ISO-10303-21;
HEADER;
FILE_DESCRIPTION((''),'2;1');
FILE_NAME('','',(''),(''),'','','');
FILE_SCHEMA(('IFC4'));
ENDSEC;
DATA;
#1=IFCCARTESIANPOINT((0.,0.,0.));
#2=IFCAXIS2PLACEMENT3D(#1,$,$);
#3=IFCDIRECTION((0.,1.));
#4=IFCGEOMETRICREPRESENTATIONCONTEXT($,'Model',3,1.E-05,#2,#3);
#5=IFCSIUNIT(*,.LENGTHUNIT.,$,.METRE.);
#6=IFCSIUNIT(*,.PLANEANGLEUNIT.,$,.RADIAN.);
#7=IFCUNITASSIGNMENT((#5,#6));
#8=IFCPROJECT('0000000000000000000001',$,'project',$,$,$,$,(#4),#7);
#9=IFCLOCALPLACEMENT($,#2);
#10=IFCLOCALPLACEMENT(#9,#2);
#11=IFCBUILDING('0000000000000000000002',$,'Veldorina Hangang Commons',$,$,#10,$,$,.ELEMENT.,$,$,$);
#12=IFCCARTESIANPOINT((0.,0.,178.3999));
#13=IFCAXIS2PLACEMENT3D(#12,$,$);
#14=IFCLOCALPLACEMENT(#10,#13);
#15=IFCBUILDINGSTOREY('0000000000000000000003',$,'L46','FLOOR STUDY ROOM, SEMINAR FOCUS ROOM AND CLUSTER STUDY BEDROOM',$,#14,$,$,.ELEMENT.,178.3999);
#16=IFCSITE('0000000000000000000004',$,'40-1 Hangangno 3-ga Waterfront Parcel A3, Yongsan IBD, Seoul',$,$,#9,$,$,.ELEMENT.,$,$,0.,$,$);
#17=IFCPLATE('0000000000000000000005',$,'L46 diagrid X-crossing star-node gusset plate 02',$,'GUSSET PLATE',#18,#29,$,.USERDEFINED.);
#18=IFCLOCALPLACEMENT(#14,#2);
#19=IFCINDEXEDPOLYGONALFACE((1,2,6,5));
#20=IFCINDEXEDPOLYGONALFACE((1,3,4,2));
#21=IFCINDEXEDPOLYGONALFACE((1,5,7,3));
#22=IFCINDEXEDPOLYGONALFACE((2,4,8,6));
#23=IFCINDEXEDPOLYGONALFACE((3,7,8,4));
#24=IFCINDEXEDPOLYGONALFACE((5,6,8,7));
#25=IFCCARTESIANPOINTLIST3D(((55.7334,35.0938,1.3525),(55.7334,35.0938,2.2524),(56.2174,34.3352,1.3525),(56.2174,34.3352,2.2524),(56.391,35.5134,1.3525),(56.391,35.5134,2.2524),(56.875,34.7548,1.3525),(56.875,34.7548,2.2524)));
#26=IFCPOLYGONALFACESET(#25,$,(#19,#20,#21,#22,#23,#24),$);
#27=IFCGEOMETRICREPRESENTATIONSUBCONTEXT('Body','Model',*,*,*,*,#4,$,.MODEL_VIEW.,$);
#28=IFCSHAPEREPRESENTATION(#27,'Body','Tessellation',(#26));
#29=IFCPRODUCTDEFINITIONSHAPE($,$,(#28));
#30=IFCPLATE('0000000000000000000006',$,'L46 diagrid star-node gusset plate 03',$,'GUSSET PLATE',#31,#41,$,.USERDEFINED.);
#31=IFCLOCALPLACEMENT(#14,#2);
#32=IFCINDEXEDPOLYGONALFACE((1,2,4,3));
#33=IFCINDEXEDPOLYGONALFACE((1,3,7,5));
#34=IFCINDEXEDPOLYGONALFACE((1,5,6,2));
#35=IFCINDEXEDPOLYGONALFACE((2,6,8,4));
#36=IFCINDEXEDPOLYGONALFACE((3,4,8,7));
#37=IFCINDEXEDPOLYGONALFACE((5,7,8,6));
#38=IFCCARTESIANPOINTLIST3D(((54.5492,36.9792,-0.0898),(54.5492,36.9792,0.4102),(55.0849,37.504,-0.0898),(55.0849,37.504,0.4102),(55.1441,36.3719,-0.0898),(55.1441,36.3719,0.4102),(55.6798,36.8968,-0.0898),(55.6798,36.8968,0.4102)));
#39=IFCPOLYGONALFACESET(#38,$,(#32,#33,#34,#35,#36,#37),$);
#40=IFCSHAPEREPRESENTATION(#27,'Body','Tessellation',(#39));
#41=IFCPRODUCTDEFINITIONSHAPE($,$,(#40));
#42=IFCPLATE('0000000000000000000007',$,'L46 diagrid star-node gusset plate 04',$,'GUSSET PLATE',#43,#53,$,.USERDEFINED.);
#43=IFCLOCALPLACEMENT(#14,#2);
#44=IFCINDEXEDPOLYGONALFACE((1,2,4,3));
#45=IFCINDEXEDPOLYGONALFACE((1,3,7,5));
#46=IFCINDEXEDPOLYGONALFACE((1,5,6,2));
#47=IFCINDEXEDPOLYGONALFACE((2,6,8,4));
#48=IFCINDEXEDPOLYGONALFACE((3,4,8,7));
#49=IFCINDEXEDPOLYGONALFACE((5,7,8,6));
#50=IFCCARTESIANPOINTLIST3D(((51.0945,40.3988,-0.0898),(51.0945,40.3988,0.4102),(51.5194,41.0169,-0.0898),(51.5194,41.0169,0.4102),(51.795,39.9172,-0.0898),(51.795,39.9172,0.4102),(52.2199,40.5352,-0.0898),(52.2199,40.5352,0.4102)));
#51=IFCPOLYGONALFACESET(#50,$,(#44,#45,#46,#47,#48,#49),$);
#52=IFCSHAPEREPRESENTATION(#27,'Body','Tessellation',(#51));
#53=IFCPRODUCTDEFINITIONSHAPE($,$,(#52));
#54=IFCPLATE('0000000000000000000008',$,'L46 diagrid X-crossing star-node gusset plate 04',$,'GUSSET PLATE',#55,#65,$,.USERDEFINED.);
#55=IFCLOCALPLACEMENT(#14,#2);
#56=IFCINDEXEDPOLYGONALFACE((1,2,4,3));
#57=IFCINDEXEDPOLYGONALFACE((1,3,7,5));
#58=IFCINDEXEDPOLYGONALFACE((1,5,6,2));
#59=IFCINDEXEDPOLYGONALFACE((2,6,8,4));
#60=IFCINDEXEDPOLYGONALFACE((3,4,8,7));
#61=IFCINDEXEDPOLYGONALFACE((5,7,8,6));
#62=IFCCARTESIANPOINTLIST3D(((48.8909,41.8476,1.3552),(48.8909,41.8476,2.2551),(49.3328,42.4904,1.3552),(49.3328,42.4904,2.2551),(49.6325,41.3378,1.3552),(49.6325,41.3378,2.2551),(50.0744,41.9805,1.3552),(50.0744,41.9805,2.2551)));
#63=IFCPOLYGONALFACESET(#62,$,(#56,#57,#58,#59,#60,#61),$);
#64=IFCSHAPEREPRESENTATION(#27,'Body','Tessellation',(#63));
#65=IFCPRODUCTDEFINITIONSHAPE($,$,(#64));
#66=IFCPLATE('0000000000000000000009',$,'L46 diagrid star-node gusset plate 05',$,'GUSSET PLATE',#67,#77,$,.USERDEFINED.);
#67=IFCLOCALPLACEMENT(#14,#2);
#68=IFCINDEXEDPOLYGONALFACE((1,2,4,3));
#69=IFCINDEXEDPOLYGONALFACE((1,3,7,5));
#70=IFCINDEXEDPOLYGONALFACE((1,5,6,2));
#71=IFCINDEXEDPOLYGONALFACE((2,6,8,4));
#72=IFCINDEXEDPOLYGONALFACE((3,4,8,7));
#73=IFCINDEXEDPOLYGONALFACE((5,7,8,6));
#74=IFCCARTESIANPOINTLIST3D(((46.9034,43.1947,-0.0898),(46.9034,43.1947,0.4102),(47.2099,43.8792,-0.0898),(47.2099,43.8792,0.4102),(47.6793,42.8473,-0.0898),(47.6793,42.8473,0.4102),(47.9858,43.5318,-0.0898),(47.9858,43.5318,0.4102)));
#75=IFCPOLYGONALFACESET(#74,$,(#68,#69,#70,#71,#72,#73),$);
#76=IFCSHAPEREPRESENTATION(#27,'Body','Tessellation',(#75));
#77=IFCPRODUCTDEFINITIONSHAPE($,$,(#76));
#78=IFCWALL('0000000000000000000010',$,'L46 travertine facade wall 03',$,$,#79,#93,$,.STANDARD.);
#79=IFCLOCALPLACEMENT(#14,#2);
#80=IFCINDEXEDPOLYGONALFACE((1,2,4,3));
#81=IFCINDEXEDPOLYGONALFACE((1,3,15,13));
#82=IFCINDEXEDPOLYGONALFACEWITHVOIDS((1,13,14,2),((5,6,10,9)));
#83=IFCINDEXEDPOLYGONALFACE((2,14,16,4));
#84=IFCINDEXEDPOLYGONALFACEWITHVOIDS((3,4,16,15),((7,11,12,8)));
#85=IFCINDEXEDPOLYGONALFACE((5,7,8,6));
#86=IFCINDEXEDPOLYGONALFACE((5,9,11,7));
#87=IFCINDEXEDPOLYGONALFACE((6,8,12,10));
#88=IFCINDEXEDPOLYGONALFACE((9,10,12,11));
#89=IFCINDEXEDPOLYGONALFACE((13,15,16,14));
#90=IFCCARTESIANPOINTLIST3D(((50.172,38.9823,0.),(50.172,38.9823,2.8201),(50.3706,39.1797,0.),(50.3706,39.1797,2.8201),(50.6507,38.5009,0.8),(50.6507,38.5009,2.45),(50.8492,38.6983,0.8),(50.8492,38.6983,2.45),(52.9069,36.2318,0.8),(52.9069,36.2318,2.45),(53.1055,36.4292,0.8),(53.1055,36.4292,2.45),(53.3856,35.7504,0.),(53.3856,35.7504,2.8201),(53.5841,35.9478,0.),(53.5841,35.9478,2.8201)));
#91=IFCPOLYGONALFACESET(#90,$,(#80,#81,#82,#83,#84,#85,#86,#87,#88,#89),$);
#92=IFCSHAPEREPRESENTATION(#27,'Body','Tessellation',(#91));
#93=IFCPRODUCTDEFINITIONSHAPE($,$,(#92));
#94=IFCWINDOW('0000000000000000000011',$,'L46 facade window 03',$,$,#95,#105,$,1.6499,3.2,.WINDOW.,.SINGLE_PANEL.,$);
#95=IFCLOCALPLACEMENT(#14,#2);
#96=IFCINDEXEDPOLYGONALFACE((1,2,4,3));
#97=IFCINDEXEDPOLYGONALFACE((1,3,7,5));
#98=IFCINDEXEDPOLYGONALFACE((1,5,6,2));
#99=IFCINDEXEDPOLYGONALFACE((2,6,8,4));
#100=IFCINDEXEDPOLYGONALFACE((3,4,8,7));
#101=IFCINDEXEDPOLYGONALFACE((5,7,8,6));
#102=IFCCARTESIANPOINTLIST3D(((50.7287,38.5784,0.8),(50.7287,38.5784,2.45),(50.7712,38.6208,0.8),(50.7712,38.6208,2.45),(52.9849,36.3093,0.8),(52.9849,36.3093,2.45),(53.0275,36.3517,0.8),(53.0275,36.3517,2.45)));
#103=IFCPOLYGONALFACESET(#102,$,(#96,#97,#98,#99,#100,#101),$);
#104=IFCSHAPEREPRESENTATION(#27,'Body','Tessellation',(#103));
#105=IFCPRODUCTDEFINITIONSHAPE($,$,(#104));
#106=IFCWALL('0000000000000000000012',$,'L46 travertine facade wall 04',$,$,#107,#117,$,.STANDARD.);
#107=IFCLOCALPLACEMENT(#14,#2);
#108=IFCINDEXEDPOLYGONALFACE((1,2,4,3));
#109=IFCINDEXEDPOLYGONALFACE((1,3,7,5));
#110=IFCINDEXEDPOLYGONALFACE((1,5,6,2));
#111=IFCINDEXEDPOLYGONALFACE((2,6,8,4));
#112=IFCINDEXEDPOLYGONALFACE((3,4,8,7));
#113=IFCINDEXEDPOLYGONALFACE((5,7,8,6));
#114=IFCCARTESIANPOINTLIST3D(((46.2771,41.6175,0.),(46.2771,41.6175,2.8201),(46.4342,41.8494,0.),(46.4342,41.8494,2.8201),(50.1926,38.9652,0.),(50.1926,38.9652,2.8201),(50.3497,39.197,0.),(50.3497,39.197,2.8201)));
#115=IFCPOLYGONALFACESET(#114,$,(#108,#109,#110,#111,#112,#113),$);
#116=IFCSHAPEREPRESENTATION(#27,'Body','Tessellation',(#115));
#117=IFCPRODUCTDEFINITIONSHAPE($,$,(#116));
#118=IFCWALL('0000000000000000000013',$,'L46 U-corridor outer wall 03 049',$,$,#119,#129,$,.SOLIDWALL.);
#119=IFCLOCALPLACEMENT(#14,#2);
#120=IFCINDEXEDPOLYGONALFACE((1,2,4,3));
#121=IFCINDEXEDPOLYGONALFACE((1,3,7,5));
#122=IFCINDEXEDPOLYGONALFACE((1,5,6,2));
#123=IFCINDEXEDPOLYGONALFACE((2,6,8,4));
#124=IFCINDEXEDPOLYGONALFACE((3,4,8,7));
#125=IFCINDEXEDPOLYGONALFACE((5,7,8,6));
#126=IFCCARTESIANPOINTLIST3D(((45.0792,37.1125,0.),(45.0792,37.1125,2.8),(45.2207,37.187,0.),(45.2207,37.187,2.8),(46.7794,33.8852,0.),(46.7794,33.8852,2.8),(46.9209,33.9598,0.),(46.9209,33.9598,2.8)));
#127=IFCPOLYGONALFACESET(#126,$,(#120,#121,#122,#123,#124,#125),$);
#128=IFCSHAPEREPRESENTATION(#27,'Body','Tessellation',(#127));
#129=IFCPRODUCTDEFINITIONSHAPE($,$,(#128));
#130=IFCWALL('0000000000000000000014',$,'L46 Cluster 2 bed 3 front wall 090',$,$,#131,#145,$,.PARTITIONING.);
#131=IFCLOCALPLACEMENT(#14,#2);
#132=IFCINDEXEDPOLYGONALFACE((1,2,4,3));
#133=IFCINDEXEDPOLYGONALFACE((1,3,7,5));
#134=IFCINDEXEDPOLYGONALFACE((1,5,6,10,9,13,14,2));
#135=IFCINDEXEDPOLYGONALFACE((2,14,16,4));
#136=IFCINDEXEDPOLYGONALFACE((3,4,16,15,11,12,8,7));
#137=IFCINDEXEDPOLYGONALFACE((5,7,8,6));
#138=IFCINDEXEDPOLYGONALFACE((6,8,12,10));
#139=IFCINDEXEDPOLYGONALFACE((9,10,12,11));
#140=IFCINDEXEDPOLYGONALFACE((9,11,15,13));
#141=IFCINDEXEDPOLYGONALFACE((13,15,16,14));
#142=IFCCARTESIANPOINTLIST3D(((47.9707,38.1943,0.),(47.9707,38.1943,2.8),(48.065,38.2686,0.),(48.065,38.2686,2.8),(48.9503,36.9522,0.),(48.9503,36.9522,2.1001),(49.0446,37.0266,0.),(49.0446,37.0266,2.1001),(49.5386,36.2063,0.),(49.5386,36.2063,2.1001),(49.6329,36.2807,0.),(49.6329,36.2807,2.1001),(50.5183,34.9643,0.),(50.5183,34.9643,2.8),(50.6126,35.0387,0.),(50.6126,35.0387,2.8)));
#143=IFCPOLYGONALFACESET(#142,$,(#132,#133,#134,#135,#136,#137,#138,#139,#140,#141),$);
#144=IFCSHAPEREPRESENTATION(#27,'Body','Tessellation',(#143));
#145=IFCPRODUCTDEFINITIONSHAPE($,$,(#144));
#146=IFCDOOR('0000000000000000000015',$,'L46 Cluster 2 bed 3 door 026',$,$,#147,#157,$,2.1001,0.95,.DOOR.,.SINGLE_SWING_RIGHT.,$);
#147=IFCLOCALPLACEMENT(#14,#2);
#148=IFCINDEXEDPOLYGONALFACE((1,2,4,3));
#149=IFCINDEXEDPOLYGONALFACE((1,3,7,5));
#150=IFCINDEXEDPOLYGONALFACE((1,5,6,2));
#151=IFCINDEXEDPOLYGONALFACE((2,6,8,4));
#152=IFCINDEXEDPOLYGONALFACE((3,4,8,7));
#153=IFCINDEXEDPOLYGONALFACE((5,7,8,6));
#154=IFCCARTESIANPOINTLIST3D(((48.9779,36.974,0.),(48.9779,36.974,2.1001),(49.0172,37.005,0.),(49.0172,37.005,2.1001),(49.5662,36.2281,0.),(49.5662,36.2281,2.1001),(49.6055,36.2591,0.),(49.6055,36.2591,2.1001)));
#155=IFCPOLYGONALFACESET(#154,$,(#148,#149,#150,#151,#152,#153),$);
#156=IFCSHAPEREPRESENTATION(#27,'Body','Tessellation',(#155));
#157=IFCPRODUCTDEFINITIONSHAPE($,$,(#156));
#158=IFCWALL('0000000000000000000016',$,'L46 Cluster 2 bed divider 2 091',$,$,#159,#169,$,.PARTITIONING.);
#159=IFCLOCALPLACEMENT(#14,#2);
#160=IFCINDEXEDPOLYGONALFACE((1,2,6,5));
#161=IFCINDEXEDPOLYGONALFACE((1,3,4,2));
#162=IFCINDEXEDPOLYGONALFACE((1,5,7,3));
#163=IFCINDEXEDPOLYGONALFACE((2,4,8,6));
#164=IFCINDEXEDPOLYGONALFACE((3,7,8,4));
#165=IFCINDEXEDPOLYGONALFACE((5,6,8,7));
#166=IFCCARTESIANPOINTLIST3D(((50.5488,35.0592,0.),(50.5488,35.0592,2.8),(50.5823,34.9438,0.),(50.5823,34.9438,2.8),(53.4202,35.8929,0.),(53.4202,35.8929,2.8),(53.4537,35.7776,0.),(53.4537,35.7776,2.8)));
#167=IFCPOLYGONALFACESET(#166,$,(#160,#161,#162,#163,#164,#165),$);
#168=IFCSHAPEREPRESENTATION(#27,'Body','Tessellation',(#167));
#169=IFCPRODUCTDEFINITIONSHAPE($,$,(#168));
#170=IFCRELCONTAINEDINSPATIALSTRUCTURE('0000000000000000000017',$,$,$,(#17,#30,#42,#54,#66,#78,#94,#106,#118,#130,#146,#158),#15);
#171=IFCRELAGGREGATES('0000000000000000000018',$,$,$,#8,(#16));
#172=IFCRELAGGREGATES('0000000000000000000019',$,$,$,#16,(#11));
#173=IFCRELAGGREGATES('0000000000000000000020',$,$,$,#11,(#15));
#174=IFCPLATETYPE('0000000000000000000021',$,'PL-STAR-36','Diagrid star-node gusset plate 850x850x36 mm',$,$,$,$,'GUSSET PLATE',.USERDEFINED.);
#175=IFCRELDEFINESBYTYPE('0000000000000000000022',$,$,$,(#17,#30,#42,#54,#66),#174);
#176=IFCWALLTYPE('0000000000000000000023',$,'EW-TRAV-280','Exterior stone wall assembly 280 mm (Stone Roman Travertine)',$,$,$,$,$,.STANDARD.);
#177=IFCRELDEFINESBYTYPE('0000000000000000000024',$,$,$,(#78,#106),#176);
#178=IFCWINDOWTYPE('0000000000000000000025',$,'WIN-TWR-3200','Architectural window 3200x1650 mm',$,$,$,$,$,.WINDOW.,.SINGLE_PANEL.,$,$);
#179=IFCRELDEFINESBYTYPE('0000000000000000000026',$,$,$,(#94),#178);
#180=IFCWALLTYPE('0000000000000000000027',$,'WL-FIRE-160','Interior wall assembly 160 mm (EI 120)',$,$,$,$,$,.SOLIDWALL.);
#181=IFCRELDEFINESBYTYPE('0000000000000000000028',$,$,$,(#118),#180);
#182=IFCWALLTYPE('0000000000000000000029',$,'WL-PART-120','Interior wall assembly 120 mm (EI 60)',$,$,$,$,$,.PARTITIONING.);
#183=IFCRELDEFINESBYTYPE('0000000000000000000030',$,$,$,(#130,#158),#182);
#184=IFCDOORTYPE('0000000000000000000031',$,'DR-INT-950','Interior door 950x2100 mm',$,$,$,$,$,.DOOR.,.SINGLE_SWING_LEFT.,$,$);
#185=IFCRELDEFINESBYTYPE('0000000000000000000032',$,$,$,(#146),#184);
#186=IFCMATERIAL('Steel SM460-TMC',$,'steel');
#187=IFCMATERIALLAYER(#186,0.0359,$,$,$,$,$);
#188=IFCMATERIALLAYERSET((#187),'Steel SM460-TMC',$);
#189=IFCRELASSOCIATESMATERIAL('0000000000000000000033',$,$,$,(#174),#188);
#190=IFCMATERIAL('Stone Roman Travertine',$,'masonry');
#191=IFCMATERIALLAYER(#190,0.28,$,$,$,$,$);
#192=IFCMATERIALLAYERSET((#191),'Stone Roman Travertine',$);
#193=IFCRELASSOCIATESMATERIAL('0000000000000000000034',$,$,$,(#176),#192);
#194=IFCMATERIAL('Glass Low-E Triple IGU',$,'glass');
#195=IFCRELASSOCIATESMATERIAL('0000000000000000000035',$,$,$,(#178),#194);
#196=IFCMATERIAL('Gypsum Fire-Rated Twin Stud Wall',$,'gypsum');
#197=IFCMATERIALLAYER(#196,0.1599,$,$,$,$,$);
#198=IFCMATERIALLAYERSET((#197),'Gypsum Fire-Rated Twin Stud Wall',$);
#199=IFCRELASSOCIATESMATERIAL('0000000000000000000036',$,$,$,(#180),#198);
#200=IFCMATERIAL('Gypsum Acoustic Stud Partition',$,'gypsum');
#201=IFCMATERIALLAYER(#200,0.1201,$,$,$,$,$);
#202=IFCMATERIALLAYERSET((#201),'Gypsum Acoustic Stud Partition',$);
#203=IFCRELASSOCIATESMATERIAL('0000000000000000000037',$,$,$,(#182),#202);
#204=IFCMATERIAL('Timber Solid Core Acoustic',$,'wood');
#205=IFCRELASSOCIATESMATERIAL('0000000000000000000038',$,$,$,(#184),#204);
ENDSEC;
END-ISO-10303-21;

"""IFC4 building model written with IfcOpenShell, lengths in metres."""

from ifc_helpers import new_model, si_unit, direction, frame, frame_2d, origin, origin_2d, place, context, subcontext, project, spatial, rectangle, extrude, material, layer, layer_set, type_object, element, fill, save


model = new_model("IFC4")

# Units and contexts
model_context = context("Model", 3, precision=1e-05, world=origin(), true_north=direction((0.0, 1.0)))
body_context = subcontext(model_context, "Body", "Model", "MODEL_VIEW")
ifc_project = project(units=[si_unit("LENGTHUNIT", "METRE"), si_unit("PLANEANGLEUNIT", "RADIAN")], contexts=[model_context])

# Site, building, storey
site_placement = place(None, origin())
site = spatial("IfcSite", under=ifc_project, at=site_placement, Name="40-1 Hangangno 3-ga Waterfront Parcel A3, Yongsan IBD, Seoul", CompositionType="ELEMENT", RefElevation=0.0)
building_placement = place(site_placement, origin())
building = spatial("IfcBuilding", under=site, at=building_placement, Name="Veldorina Hangang Commons", CompositionType="ELEMENT")
storey_placement = place(building_placement, frame((0.0, 0.0, 178.3999)))
storey = spatial("IfcBuildingStorey", under=building, at=storey_placement, Name="L46", Description="FLOOR STUDY ROOM, SEMINAR FOCUS ROOM AND CLUSTER STUDY BEDROOM", CompositionType="ELEMENT", Elevation=178.3999)

# Plates
ifc_material_1 = material(Name="Steel SM460-TMC", Category="steel")
ifc_layer_1 = layer(ifc_material_1, 0.0359)
ifc_layer_set_1 = layer_set([ifc_layer_1], Name="Steel SM460-TMC")
plate_type = type_object("IfcPlateType", Name="PL-STAR-36", Description="Diagrid star-node gusset plate 850x850x36 mm", ElementType="GUSSET PLATE", PredefinedType="USERDEFINED", material=ifc_layer_set_1)
plate_1_placement = place(storey_placement, frame((56.3042, 34.9243, 1.3525), z_axis=(0.0, 0.0, 1.0), x_axis=(-0.537903, 0.843007, 0.0)))
element("IfcPlate", 1, at=plate_1_placement, inside=storey, type_object=plate_type, Name="L46 diagrid X-crossing star-node gusset plate 02", ObjectType="GUSSET PLATE", PredefinedType="USERDEFINED", context=body_context, shape_type="SweptSolid", body=[
    extrude(rectangle(XDim=0.8999, YDim=0.78, at=origin_2d()), origin(), (0.0, 0.0, 1.0), 0.8999),
])
for number, where, z_axis, x_axis, name in (
    (2, (55.1145, 36.938, -0.0898), (0.0, 0.0, 1.0), (-0.699813, 0.714326, 0.0), "L46 diagrid star-node gusset plate 03"),
    (3, (51.6572, 40.467, -0.0898), (0.0, 0.0, 1.0), (-0.824037, 0.566536, 0.0), "L46 diagrid star-node gusset plate 04"),
):
    element("IfcPlate", number, at=place(storey_placement, frame(where, z_axis=z_axis, x_axis=x_axis)), inside=storey, type_object=plate_type, Name=name, ObjectType="GUSSET PLATE", PredefinedType="USERDEFINED", context=body_context, shape_type="SweptSolid", body=[
        extrude(rectangle(XDim=0.8501, YDim=0.75, at=origin_2d()), origin(), (0.0, 0.0, 1.0), 0.5),
    ])
plate_2_placement = place(storey_placement, frame((49.4827, 41.9141, 1.3552), z_axis=(0.0, 0.0, 1.0), x_axis=(-0.824037, 0.566536, 0.0)))
element("IfcPlate", 4, at=plate_2_placement, inside=storey, type_object=plate_type, Name="L46 diagrid X-crossing star-node gusset plate 04", ObjectType="GUSSET PLATE", PredefinedType="USERDEFINED", context=body_context, shape_type="SweptSolid", body=[
    extrude(rectangle(XDim=0.8999, YDim=0.78, at=origin_2d()), origin(), (0.0, 0.0, 1.0), 0.8999),
])
plate_3_placement = place(storey_placement, frame((47.4446, 43.3633, -0.0898), z_axis=(0.0, 0.0, 1.0), x_axis=(-0.912684, 0.408665, 0.0)))
element("IfcPlate", 5, at=plate_3_placement, inside=storey, type_object=plate_type, Name="L46 diagrid star-node gusset plate 05", ObjectType="GUSSET PLATE", PredefinedType="USERDEFINED", context=body_context, shape_type="SweptSolid", body=[
    extrude(rectangle(XDim=0.8501, YDim=0.75, at=origin_2d()), origin(), (0.0, 0.0, 1.0), 0.5),
])

# Wall, opening, window
ifc_material_2 = material(Name="Stone Roman Travertine", Category="masonry")
ifc_layer_2 = layer(ifc_material_2, 0.28)
ifc_layer_set_2 = layer_set([ifc_layer_2], Name="Stone Roman Travertine")
wall_type_1 = type_object("IfcWallType", Name="EW-TRAV-280", Description="Exterior stone wall assembly 280 mm (Stone Roman Travertine)", PredefinedType="STANDARD", material=ifc_layer_set_2)
wall_1_placement = place(storey_placement, frame((53.4849, 35.8491, 0.0), z_axis=(0.0, 0.0, 1.0), x_axis=(-0.705095, 0.709113, 0.0)))
wall_1 = element("IfcWall", 6, at=wall_1_placement, inside=storey, type_object=wall_type_1, Name="L46 travertine facade wall 03", PredefinedType="STANDARD", context=body_context, shape_type="SweptSolid", body=[
    extrude(rectangle(XDim=4.5576, YDim=0.28, at=frame_2d((2.2788, 0.0))), origin(), (0.0, 0.0, 1.0), 2.8201),
])
opening_1_placement = place(wall_1_placement, frame((0.6787, 0.0, 0.8)))
opening_1 = element("IfcOpeningElement", 7, at=opening_1_placement, cuts=wall_1, PredefinedType="OPENING", context=body_context, shape_type="SweptSolid", body=[
    extrude(rectangle(XDim=3.2, YDim=1.6499, at=frame_2d((1.6001, 0.825))), frame((0.0, 0.1499, 0.0), z_axis=(0.0, -1.0, 0.0), x_axis=(1.0, 0.0, 0.0)), (0.0, 0.0, 1.0), 0.3),
])
ifc_material_3 = material(Name="Glass Low-E Triple IGU", Category="glass")
window_type = type_object("IfcWindowType", Name="WIN-TWR-3200", Description="Architectural window 3200x1650 mm", PartitioningType="SINGLE_PANEL", PredefinedType="WINDOW", material=ifc_material_3)
window_placement = place(opening_1_placement, origin())
window = element("IfcWindow", 8, at=window_placement, inside=storey, type_object=window_type, Name="L46 facade window 03", OverallHeight=1.6499, OverallWidth=3.2, PartitioningType="SINGLE_PANEL", PredefinedType="WINDOW", context=body_context, shape_type="SweptSolid", body=[
    extrude(rectangle(XDim=3.2, YDim=1.6499, at=frame_2d((1.6001, 0.825))), frame((0.0, 0.03, 0.0), z_axis=(0.0, -1.0, 0.0), x_axis=(1.0, 0.0, 0.0)), (0.0, 0.0, 1.0), 0.0601),
])
fill(opening_1, window)

# Walls
wall_2_placement = place(storey_placement, frame((50.2712, 39.0811, 0.0), z_axis=(0.0, 0.0, 1.0), x_axis=(-0.82793, 0.560832, 0.0)))
element("IfcWall", 9, at=wall_2_placement, inside=storey, type_object=wall_type_1, Name="L46 travertine facade wall 04", PredefinedType="STANDARD", context=body_context, shape_type="SweptSolid", body=[
    extrude(rectangle(XDim=4.7292, YDim=0.28, at=frame_2d((2.3647, 0.0))), origin(), (0.0, 0.0, 1.0), 2.8201),
])
ifc_material_4 = material(Name="Gypsum Fire-Rated Twin Stud Wall", Category="gypsum")
ifc_layer_3 = layer(ifc_material_4, 0.1599)
ifc_layer_set_3 = layer_set([ifc_layer_3], Name="Gypsum Fire-Rated Twin Stud Wall")
wall_type_2 = type_object("IfcWallType", Name="WL-FIRE-160", Description="Interior wall assembly 160 mm (EI 120)", PredefinedType="SOLIDWALL", material=ifc_layer_set_3)
wall_3_placement = place(storey_placement, frame((46.8501, 33.9226, 0.0), z_axis=(0.0, 0.0, 1.0), x_axis=(-0.466094, 0.884735, 0.0)))
element("IfcWall", 10, at=wall_3_placement, inside=storey, type_object=wall_type_2, Name="L46 U-corridor outer wall 03 049", PredefinedType="SOLIDWALL", context=body_context, shape_type="SweptSolid", body=[
    extrude(rectangle(XDim=3.6477, YDim=0.1599, at=frame_2d((1.8237, 0.0))), origin(), (0.0, 0.0, 1.0), 2.8),
])

# Wall, opening, door
ifc_material_5 = material(Name="Gypsum Acoustic Stud Partition", Category="gypsum")
ifc_layer_4 = layer(ifc_material_5, 0.1201)
ifc_layer_set_4 = layer_set([ifc_layer_4], Name="Gypsum Acoustic Stud Partition")
wall_type_3 = type_object("IfcWallType", Name="WL-PART-120", Description="Interior wall assembly 120 mm (EI 60)", PredefinedType="PARTITIONING", material=ifc_layer_set_4)
wall_4_placement = place(storey_placement, frame((50.5654, 35.0015, 0.0), z_axis=(0.0, 0.0, 1.0), x_axis=(-0.619288, 0.785164, 0.0)))
wall_4 = element("IfcWall", 11, at=wall_4_placement, inside=storey, type_object=wall_type_3, Name="L46 Cluster 2 bed 3 front wall 090", PredefinedType="PARTITIONING", context=body_context, shape_type="SweptSolid", body=[
    extrude(rectangle(XDim=4.1138, YDim=0.1201, at=frame_2d((2.0569, 0.0))), origin(), (0.0, 0.0, 1.0), 2.8),
])
opening_2_placement = place(wall_4_placement, frame((1.5818, 0.0, 0.0)))
opening_2 = element("IfcOpeningElement", 12, at=opening_2_placement, cuts=wall_4, PredefinedType="OPENING", context=body_context, shape_type="SweptSolid", body=[
    extrude(rectangle(XDim=0.95, YDim=2.1001, at=frame_2d((0.4751, 1.05))), frame((0.0, 0.0701, 0.0), z_axis=(0.0, -1.0, 0.0), x_axis=(1.0, 0.0, 0.0)), (0.0, 0.0, 1.0), 0.1401),
])
ifc_material_6 = material(Name="Timber Solid Core Acoustic", Category="wood")
door_type = type_object("IfcDoorType", Name="DR-INT-950", Description="Interior door 950x2100 mm", OperationType="SINGLE_SWING_LEFT", PredefinedType="DOOR", material=ifc_material_6)
door_1_placement = place(opening_2_placement, origin())
door_1 = element("IfcDoor", 13, at=door_1_placement, inside=storey, type_object=door_type, Name="L46 Cluster 2 bed 3 door 026", OperationType="SINGLE_SWING_RIGHT", OverallHeight=2.1001, OverallWidth=0.95, PredefinedType="DOOR", context=body_context, shape_type="SweptSolid", body=[
    extrude(rectangle(XDim=0.95, YDim=2.1001, at=frame_2d((0.4751, 1.05))), frame((0.0, 0.0249, 0.0), z_axis=(0.0, -1.0, 0.0), x_axis=(1.0, 0.0, 0.0)), (0.0, 0.0, 1.0), 0.05),
])
fill(opening_2, door_1)

# Wall
wall_5_placement = place(storey_placement, frame((50.5654, 35.0015, 0.0), z_axis=(0.0, 0.0, 1.0), x_axis=(0.960335, 0.278849, 0.0)))
element("IfcWall", 14, at=wall_5_placement, inside=storey, type_object=wall_type_3, Name="L46 Cluster 2 bed divider 2 091", PredefinedType="PARTITIONING", context=body_context, shape_type="SweptSolid", body=[
    extrude(rectangle(XDim=2.99, YDim=0.1201, at=frame_2d((1.4951, 0.0))), origin(), (0.0, 0.0, 1.0), 2.8),
])

save(model, "model.ifc")
